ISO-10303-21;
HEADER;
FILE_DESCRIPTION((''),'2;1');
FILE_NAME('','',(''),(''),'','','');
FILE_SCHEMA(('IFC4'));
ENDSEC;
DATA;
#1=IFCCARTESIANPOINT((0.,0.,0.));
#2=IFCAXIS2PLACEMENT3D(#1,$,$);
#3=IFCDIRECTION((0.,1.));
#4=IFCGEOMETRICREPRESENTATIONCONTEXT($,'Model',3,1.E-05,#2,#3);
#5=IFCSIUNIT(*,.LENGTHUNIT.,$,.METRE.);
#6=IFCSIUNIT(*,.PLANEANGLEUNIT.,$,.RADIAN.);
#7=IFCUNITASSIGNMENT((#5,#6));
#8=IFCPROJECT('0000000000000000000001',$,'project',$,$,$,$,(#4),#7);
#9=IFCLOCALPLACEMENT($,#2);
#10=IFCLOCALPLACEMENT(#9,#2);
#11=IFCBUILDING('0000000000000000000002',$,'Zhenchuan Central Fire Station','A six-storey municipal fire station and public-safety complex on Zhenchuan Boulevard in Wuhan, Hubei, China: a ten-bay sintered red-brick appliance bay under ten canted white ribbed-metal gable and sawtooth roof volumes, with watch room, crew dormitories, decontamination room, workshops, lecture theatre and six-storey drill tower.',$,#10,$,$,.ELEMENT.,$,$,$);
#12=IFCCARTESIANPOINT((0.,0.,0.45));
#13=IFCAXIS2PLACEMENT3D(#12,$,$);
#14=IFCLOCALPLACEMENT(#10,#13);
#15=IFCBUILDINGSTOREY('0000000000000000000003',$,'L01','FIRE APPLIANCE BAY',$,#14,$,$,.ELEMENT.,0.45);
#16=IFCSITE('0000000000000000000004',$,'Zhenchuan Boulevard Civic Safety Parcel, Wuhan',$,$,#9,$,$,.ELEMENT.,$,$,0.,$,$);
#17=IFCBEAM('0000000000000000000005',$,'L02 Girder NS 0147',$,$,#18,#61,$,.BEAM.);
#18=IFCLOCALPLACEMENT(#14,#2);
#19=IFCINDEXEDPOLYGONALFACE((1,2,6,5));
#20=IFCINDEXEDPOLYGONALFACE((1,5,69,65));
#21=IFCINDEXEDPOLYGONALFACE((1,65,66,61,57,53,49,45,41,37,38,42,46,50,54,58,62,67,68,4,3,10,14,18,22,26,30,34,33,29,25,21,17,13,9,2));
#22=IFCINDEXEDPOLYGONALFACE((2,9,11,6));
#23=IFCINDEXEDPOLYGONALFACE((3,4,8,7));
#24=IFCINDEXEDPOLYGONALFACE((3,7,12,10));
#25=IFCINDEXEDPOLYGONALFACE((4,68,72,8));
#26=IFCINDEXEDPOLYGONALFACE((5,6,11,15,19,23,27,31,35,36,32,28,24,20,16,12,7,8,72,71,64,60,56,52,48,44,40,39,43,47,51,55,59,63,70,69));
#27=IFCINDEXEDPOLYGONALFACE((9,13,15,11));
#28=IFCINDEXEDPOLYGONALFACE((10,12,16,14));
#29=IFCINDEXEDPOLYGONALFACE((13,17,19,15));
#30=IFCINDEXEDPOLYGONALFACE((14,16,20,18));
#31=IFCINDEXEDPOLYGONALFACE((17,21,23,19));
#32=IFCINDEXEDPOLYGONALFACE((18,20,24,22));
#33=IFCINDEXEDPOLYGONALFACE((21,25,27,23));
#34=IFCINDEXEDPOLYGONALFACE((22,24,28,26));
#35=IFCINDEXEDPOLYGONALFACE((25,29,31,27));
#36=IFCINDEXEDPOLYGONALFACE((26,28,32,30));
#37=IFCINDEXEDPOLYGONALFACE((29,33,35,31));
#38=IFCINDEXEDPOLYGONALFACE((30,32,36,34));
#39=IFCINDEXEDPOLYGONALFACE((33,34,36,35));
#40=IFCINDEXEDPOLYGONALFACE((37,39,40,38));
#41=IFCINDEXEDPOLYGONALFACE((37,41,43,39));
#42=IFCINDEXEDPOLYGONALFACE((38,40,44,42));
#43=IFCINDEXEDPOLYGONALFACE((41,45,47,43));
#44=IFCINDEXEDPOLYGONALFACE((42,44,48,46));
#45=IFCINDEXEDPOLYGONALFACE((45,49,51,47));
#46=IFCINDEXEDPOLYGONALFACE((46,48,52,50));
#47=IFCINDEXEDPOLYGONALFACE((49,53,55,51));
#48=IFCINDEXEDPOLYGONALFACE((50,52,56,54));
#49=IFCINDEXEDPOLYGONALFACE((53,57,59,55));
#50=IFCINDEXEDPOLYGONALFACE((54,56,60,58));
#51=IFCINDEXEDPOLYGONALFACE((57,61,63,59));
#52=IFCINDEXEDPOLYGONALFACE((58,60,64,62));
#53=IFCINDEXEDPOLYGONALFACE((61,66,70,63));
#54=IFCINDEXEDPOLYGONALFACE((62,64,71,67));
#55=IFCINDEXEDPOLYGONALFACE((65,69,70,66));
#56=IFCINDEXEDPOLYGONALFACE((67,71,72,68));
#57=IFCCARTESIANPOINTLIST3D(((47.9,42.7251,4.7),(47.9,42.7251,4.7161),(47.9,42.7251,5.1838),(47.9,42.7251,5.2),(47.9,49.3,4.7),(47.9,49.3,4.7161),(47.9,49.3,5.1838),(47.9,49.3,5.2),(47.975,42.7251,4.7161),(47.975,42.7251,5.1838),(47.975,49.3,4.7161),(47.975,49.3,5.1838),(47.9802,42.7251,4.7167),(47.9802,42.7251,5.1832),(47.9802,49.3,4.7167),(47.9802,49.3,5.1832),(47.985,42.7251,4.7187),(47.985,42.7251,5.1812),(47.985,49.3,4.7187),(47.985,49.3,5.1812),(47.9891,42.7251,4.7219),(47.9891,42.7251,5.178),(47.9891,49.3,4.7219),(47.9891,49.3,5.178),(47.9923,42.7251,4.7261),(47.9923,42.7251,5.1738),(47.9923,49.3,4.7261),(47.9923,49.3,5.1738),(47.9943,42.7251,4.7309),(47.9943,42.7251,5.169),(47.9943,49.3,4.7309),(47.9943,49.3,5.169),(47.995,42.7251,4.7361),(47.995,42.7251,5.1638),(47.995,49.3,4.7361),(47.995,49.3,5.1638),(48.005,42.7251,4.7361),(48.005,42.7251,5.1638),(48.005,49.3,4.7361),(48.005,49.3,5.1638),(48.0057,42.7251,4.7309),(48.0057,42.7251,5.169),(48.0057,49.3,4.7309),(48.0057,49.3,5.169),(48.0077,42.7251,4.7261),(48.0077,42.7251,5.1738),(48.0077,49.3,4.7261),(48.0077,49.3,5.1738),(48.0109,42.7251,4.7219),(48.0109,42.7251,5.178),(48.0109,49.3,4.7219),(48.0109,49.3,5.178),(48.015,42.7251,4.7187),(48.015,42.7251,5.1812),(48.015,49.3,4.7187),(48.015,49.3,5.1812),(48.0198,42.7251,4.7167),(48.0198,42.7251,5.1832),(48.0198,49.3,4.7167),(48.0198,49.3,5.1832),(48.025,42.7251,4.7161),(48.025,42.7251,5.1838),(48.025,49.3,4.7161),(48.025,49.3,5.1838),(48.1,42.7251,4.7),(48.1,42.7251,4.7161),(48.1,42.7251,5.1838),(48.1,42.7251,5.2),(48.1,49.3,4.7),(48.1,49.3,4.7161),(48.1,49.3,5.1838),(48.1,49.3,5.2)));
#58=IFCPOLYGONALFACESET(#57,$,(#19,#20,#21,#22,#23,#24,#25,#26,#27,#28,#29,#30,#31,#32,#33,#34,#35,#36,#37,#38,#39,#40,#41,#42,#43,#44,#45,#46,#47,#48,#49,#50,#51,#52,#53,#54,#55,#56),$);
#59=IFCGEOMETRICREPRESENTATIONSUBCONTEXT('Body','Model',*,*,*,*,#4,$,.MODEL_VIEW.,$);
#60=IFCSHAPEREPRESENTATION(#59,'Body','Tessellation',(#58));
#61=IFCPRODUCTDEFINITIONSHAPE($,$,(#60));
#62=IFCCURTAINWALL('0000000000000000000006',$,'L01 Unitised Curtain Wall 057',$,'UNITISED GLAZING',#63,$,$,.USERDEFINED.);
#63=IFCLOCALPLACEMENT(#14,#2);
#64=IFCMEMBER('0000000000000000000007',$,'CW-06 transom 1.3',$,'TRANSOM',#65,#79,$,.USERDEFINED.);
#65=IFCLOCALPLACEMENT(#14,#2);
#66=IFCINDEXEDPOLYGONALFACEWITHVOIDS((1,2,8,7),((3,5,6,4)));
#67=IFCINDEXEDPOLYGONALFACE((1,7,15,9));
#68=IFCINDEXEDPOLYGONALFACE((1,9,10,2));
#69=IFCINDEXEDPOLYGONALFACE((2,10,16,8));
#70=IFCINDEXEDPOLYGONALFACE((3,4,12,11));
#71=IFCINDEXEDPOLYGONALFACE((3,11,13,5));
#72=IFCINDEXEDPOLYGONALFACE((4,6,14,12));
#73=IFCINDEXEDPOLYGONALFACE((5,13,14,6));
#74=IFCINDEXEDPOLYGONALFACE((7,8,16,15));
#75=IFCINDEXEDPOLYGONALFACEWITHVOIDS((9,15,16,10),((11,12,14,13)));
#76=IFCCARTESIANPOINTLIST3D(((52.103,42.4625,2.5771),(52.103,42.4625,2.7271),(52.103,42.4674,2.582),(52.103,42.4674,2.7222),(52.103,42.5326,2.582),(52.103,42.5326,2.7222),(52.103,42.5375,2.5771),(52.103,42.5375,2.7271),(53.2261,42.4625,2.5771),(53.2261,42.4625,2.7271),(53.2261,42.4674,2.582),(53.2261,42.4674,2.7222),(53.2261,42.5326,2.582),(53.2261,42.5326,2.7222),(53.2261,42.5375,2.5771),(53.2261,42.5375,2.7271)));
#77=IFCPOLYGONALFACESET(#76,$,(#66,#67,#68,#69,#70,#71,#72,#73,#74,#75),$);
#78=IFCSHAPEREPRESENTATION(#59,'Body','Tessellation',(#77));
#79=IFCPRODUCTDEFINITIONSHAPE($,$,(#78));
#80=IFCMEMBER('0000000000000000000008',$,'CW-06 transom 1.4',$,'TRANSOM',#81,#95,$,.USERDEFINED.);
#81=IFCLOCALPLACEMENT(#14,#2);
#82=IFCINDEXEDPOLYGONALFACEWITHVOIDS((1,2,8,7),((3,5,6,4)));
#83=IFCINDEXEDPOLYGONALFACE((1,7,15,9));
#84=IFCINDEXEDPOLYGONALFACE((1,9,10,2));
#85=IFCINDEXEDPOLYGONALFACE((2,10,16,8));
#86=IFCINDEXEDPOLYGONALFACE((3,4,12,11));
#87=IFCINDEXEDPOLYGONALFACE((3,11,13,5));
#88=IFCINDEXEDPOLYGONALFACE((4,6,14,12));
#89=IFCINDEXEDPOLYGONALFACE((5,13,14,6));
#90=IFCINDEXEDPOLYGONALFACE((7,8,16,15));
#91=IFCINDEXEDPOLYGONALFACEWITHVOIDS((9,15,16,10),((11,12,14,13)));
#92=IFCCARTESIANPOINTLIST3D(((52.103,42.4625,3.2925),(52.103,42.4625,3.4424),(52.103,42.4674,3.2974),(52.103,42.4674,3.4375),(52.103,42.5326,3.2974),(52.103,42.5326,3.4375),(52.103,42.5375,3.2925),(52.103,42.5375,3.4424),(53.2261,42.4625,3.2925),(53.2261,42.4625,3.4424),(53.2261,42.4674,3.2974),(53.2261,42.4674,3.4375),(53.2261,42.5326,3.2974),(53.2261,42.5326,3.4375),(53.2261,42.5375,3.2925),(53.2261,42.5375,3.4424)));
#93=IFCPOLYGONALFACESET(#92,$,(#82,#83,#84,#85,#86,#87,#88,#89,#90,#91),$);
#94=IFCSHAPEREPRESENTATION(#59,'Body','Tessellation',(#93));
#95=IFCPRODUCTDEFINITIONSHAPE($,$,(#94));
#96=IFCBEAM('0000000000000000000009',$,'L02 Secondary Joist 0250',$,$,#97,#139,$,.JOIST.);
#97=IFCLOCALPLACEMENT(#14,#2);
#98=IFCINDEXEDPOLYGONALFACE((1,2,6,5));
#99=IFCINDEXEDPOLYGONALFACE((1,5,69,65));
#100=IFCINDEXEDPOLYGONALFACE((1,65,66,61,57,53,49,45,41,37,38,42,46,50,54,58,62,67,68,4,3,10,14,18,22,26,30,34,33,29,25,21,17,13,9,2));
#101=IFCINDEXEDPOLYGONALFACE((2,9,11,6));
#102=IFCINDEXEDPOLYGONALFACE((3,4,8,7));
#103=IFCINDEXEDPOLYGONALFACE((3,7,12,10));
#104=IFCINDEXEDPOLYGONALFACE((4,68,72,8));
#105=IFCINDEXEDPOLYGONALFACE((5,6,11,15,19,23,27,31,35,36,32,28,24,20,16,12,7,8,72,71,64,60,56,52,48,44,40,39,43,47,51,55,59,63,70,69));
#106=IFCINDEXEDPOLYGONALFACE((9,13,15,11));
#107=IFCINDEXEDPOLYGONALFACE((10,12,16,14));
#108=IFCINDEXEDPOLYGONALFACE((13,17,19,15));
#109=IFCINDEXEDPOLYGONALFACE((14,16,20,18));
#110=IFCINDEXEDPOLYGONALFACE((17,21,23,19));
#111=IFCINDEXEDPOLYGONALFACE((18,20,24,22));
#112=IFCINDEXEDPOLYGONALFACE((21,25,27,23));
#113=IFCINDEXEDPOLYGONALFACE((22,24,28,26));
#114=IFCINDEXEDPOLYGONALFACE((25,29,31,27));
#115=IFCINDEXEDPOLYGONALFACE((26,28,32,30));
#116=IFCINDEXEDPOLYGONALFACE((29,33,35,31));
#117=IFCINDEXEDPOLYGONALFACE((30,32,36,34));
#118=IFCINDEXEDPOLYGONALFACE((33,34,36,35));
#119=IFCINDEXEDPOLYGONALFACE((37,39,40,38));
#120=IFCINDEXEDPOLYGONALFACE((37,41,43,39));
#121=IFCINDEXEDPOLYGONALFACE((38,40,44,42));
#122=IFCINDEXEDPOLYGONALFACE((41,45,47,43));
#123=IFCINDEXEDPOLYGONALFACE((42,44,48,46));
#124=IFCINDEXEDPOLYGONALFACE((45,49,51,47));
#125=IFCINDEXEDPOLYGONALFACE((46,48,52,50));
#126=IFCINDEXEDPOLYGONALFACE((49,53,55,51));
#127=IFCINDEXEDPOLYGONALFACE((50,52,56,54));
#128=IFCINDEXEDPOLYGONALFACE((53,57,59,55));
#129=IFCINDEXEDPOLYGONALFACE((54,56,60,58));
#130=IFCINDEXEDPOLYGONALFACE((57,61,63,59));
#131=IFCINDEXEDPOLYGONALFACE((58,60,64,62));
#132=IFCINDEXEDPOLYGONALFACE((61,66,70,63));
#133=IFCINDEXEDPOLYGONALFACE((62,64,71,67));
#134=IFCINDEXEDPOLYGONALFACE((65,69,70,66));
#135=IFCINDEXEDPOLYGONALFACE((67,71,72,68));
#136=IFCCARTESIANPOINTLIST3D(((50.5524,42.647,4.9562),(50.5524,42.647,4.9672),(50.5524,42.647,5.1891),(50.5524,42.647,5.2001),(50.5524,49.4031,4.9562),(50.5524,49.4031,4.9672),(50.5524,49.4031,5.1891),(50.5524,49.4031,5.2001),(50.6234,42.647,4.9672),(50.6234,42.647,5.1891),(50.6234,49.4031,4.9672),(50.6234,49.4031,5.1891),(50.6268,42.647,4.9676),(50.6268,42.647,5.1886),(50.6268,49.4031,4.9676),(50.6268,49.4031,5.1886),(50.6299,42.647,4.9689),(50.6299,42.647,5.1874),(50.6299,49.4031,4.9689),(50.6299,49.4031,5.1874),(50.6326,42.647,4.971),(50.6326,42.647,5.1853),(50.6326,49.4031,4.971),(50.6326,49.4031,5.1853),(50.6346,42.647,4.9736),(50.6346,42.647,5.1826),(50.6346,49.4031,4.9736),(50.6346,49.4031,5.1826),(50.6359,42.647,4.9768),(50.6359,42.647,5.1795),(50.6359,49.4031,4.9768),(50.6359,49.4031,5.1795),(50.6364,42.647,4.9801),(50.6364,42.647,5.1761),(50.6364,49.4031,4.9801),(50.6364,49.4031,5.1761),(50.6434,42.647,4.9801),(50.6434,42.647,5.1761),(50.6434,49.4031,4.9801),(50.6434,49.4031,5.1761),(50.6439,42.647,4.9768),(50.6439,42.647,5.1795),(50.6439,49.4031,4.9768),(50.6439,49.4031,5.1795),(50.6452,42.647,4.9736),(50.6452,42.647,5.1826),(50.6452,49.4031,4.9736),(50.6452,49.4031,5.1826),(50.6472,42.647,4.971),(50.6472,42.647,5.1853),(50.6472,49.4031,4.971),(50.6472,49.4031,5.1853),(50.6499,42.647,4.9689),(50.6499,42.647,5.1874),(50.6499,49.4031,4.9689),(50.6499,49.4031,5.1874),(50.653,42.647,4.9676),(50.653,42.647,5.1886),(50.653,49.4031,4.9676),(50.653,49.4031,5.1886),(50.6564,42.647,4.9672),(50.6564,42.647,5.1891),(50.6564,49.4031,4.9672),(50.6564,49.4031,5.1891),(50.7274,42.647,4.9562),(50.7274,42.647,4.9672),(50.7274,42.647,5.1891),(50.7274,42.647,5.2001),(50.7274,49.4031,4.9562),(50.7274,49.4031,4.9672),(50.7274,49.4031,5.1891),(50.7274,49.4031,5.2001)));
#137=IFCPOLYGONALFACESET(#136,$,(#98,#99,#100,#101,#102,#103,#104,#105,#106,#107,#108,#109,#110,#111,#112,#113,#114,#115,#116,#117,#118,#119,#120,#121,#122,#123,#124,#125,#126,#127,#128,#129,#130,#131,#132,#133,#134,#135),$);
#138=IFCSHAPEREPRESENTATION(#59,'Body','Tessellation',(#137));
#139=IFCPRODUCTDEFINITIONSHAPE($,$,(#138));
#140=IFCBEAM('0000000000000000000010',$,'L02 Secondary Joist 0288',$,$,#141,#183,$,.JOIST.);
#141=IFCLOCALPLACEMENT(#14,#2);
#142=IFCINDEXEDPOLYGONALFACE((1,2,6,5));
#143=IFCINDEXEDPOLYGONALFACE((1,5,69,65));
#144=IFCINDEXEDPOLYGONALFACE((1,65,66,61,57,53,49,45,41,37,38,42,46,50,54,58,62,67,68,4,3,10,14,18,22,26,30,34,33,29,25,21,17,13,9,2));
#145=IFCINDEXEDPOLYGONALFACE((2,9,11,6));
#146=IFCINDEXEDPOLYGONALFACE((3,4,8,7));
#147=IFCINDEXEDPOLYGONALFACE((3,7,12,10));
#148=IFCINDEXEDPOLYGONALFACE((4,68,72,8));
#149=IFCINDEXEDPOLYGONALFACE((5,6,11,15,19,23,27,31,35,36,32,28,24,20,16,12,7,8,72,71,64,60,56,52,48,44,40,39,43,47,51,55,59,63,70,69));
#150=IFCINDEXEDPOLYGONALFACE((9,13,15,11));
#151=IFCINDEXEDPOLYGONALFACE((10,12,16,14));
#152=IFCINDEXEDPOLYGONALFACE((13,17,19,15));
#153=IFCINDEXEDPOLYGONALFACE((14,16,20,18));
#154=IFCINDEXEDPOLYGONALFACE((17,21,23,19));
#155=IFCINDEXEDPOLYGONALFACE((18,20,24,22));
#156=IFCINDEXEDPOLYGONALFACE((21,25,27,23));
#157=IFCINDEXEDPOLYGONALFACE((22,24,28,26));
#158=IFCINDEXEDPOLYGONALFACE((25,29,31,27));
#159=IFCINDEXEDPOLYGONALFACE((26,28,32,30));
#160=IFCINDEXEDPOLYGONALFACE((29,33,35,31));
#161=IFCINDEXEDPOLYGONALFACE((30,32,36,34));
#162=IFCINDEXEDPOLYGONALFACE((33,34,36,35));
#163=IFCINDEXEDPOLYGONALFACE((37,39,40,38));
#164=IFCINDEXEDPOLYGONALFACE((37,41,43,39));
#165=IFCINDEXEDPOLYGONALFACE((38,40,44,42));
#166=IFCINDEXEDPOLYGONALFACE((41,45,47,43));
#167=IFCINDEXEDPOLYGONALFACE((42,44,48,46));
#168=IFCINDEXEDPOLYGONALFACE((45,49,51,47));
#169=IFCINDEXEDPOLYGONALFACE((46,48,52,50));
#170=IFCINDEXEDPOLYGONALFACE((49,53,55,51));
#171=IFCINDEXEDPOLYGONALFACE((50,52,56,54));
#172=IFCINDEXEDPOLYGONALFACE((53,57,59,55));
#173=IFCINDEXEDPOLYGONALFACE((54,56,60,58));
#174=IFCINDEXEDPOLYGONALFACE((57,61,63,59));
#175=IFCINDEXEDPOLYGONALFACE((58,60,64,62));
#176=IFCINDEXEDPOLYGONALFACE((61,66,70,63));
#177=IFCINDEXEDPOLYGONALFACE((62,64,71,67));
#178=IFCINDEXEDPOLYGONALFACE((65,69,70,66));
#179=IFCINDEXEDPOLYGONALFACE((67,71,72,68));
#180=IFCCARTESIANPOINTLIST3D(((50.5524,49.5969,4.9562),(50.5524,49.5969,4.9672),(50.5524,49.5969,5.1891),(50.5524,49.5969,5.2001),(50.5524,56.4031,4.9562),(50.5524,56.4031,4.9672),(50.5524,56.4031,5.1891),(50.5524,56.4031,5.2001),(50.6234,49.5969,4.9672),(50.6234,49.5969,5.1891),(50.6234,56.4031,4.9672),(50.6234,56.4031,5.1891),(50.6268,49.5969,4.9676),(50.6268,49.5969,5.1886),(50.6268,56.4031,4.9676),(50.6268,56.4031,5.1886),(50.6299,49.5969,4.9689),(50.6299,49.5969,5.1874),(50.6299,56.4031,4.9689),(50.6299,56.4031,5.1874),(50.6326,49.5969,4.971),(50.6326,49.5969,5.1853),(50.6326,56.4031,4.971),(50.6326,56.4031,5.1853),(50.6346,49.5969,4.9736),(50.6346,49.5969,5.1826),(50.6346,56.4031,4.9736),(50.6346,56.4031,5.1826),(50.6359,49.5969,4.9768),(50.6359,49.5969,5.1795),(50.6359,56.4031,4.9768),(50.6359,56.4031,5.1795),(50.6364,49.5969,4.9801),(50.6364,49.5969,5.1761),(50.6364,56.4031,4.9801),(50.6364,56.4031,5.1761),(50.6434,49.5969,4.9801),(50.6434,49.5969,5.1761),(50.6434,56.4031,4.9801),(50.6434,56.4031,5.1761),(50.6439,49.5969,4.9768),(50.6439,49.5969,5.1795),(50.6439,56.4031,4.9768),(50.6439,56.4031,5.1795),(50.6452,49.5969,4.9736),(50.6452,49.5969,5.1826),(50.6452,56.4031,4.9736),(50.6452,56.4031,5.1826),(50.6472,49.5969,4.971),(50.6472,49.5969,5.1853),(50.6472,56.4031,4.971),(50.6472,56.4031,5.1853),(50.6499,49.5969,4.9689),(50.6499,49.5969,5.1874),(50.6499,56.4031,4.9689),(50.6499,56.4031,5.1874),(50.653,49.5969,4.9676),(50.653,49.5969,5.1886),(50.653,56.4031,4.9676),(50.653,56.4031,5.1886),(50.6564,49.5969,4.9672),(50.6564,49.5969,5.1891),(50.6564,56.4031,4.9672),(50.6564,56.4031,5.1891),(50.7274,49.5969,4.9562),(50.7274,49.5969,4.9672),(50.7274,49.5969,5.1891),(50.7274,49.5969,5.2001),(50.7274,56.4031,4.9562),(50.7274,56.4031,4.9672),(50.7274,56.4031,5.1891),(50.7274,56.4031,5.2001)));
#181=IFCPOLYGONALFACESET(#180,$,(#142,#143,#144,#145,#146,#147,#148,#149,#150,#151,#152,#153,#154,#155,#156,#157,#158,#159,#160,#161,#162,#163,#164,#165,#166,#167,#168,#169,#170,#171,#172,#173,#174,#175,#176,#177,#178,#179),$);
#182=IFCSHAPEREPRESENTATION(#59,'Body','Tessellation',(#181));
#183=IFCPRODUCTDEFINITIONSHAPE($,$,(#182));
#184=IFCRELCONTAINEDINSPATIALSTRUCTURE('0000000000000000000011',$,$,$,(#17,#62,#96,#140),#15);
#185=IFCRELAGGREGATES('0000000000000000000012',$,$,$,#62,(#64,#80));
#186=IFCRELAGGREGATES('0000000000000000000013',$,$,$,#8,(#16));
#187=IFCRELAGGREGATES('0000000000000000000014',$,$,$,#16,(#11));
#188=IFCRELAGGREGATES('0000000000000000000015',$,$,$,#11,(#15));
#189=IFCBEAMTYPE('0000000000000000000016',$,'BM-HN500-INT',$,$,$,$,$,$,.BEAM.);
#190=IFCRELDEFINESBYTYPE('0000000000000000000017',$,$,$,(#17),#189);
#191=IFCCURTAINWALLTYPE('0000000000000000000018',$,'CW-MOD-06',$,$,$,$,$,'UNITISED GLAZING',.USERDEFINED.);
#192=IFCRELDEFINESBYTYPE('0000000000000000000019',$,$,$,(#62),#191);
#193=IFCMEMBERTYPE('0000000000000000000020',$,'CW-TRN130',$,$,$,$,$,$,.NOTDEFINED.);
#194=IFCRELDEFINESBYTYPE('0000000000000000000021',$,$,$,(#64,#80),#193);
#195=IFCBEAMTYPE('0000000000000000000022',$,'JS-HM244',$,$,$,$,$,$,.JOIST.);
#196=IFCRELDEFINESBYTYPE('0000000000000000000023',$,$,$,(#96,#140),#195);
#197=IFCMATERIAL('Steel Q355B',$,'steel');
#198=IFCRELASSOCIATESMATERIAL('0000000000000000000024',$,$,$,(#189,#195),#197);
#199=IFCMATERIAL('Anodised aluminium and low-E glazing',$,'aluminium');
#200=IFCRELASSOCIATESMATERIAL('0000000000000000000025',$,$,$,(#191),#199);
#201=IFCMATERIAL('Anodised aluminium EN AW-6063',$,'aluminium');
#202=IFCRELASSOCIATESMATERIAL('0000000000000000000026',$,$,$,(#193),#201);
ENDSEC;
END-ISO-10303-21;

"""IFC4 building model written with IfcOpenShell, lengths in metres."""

from ifc_helpers import new_model, si_unit, direction, frame, origin, origin_2d, place, context, subcontext, project, spatial, hollow_rectangle, i_section, extrude, material, material_profile, profile_set, type_object, element, aggregate, save


model = new_model("IFC4")

# Units and contexts
model_context = context("Model", 3, precision=1e-05, world=origin(), true_north=direction((0.0, 1.0)))
body_context = subcontext(model_context, "Body", "Model", "MODEL_VIEW")
ifc_project = project(units=[si_unit("LENGTHUNIT", "METRE"), si_unit("PLANEANGLEUNIT", "RADIAN")], contexts=[model_context])

# Site, building, storey
site_placement = place(None, origin())
site = spatial("IfcSite", under=ifc_project, at=site_placement, Name="Zhenchuan Boulevard Civic Safety Parcel, Wuhan", CompositionType="ELEMENT", RefElevation=0.0)
building_placement = place(site_placement, origin())
building = spatial("IfcBuilding", under=site, at=building_placement, Name="Zhenchuan Central Fire Station", Description="A six-storey municipal fire station and public-safety complex on Zhenchuan Boulevard in Wuhan, Hubei, China: a ten-bay sintered red-brick appliance bay under ten canted white ribbed-metal gable and sawtooth roof volumes, with watch room, crew dormitories, decontamination room, workshops, lecture theatre and six-storey drill tower.", CompositionType="ELEMENT")
storey_placement = place(building_placement, frame((0.0, 0.0, 0.45)))
storey = spatial("IfcBuildingStorey", under=building, at=storey_placement, Name="L01", Description="FIRE APPLIANCE BAY", CompositionType="ELEMENT", Elevation=0.45)

# Shared definitions
ifc_material_1 = material(Name="Steel Q355B", Category="steel")

# Beam
ifc_material_profile_1 = material_profile(ifc_material_1, i_section(OverallWidth=0.2, OverallDepth=0.5, WebThickness=0.01, FlangeThickness=0.0161, FilletRadius=0.02, at=origin_2d()), Name="HN 500x200")
ifc_profile_set_1 = profile_set([ifc_material_profile_1], Name="Steel Q355B")
beam_type_1 = type_object("IfcBeamType", Name="BM-HN500-INT", PredefinedType="BEAM", material=ifc_profile_set_1)
beam_1_placement = place(storey_placement, frame((48.0, 42.7251, 4.95), z_axis=(0.0, 1.0, 0.0), x_axis=(-1.0, 0.0, 0.0)))
element("IfcBeam", 1, at=beam_1_placement, inside=storey, type_object=beam_type_1, Name="L02 Girder NS 0147", PredefinedType="BEAM", context=body_context, shape_type="SweptSolid", body=[
    extrude(i_section(OverallWidth=0.2, OverallDepth=0.5, WebThickness=0.01, FlangeThickness=0.0161, FilletRadius=0.02, at=origin_2d()), origin(), (0.0, 0.0, 1.0), 6.575),
])

# Curtain wall, members
ifc_material_2 = material(Name="Anodised aluminium and low-E glazing", Category="aluminium")
curtain_wall_type = type_object("IfcCurtainWallType", Name="CW-MOD-06", ElementType="UNITISED GLAZING", PredefinedType="USERDEFINED", material=ifc_material_2)
curtain_wall_placement = place(storey_placement, origin())
curtain_wall = element("IfcCurtainWall", 2, at=curtain_wall_placement, inside=storey, type_object=curtain_wall_type, Name="L01 Unitised Curtain Wall 057", ObjectType="UNITISED GLAZING", PredefinedType="USERDEFINED")
ifc_material_3 = material(Name="Anodised aluminium EN AW-6063", Category="aluminium")
ifc_material_profile_2 = material_profile(ifc_material_3, hollow_rectangle(XDim=0.075, YDim=0.1499, WallThickness=0.0049, at=origin_2d()), Name="ALU-T 150x75")
ifc_profile_set_2 = profile_set([ifc_material_profile_2], Name="Anodised aluminium EN AW-6063")
member_type = type_object("IfcMemberType", Name="CW-TRN130", PredefinedType="NOTDEFINED", material=ifc_profile_set_2)
member_1_placement = place(storey_placement, frame((52.103, 42.5, 2.6521), z_axis=(1.0, 0.0, 0.0), x_axis=(0.0, 1.0, 0.0)))
member_1 = element("IfcMember", 3, at=member_1_placement, type_object=member_type, Name="CW-06 transom 1.3", ObjectType="TRANSOM", PredefinedType="USERDEFINED", context=body_context, shape_type="SweptSolid", body=[
    extrude(hollow_rectangle(XDim=0.075, YDim=0.1499, WallThickness=0.0049, at=origin_2d()), origin(), (0.0, 0.0, 1.0), 1.123),
])
member_2_placement = place(storey_placement, frame((52.103, 42.5, 3.3674), z_axis=(1.0, 0.0, 0.0), x_axis=(0.0, 1.0, 0.0)))
member_2 = element("IfcMember", 4, at=member_2_placement, type_object=member_type, Name="CW-06 transom 1.4", ObjectType="TRANSOM", PredefinedType="USERDEFINED", context=body_context, shape_type="SweptSolid", body=[
    extrude(hollow_rectangle(XDim=0.075, YDim=0.1499, WallThickness=0.0049, at=origin_2d()), origin(), (0.0, 0.0, 1.0), 1.123),
])

# Beams
ifc_material_profile_3 = material_profile(ifc_material_1, i_section(OverallWidth=0.175, OverallDepth=0.2439, WebThickness=0.0071, FlangeThickness=0.011, FilletRadius=0.0129, at=origin_2d()), Name="HM 244x175")
ifc_profile_set_3 = profile_set([ifc_material_profile_3], Name="Steel Q355B")
beam_type_2 = type_object("IfcBeamType", Name="JS-HM244", PredefinedType="JOIST", material=ifc_profile_set_3)
beam_2_placement = place(storey_placement, frame((50.6399, 42.647, 5.0781), z_axis=(0.0, 1.0, 0.0), x_axis=(-1.0, 0.0, 0.0)))
element("IfcBeam", 5, at=beam_2_placement, inside=storey, type_object=beam_type_2, Name="L02 Secondary Joist 0250", PredefinedType="JOIST", context=body_context, shape_type="SweptSolid", body=[
    extrude(i_section(OverallWidth=0.175, OverallDepth=0.2439, WebThickness=0.0071, FlangeThickness=0.011, FilletRadius=0.0129, at=origin_2d()), origin(), (0.0, 0.0, 1.0), 6.7561),
])
beam_3_placement = place(storey_placement, frame((50.6399, 49.5969, 5.0781), z_axis=(0.0, 1.0, 0.0), x_axis=(-1.0, 0.0, 0.0)))
element("IfcBeam", 6, at=beam_3_placement, inside=storey, type_object=beam_type_2, Name="L02 Secondary Joist 0288", PredefinedType="JOIST", context=body_context, shape_type="SweptSolid", body=[
    extrude(i_section(OverallWidth=0.175, OverallDepth=0.2439, WebThickness=0.0071, FlangeThickness=0.011, FilletRadius=0.0129, at=origin_2d()), origin(), (0.0, 0.0, 1.0), 6.8062),
])

aggregate(curtain_wall, [member_1, member_2])

save(model, "model.ifc")
